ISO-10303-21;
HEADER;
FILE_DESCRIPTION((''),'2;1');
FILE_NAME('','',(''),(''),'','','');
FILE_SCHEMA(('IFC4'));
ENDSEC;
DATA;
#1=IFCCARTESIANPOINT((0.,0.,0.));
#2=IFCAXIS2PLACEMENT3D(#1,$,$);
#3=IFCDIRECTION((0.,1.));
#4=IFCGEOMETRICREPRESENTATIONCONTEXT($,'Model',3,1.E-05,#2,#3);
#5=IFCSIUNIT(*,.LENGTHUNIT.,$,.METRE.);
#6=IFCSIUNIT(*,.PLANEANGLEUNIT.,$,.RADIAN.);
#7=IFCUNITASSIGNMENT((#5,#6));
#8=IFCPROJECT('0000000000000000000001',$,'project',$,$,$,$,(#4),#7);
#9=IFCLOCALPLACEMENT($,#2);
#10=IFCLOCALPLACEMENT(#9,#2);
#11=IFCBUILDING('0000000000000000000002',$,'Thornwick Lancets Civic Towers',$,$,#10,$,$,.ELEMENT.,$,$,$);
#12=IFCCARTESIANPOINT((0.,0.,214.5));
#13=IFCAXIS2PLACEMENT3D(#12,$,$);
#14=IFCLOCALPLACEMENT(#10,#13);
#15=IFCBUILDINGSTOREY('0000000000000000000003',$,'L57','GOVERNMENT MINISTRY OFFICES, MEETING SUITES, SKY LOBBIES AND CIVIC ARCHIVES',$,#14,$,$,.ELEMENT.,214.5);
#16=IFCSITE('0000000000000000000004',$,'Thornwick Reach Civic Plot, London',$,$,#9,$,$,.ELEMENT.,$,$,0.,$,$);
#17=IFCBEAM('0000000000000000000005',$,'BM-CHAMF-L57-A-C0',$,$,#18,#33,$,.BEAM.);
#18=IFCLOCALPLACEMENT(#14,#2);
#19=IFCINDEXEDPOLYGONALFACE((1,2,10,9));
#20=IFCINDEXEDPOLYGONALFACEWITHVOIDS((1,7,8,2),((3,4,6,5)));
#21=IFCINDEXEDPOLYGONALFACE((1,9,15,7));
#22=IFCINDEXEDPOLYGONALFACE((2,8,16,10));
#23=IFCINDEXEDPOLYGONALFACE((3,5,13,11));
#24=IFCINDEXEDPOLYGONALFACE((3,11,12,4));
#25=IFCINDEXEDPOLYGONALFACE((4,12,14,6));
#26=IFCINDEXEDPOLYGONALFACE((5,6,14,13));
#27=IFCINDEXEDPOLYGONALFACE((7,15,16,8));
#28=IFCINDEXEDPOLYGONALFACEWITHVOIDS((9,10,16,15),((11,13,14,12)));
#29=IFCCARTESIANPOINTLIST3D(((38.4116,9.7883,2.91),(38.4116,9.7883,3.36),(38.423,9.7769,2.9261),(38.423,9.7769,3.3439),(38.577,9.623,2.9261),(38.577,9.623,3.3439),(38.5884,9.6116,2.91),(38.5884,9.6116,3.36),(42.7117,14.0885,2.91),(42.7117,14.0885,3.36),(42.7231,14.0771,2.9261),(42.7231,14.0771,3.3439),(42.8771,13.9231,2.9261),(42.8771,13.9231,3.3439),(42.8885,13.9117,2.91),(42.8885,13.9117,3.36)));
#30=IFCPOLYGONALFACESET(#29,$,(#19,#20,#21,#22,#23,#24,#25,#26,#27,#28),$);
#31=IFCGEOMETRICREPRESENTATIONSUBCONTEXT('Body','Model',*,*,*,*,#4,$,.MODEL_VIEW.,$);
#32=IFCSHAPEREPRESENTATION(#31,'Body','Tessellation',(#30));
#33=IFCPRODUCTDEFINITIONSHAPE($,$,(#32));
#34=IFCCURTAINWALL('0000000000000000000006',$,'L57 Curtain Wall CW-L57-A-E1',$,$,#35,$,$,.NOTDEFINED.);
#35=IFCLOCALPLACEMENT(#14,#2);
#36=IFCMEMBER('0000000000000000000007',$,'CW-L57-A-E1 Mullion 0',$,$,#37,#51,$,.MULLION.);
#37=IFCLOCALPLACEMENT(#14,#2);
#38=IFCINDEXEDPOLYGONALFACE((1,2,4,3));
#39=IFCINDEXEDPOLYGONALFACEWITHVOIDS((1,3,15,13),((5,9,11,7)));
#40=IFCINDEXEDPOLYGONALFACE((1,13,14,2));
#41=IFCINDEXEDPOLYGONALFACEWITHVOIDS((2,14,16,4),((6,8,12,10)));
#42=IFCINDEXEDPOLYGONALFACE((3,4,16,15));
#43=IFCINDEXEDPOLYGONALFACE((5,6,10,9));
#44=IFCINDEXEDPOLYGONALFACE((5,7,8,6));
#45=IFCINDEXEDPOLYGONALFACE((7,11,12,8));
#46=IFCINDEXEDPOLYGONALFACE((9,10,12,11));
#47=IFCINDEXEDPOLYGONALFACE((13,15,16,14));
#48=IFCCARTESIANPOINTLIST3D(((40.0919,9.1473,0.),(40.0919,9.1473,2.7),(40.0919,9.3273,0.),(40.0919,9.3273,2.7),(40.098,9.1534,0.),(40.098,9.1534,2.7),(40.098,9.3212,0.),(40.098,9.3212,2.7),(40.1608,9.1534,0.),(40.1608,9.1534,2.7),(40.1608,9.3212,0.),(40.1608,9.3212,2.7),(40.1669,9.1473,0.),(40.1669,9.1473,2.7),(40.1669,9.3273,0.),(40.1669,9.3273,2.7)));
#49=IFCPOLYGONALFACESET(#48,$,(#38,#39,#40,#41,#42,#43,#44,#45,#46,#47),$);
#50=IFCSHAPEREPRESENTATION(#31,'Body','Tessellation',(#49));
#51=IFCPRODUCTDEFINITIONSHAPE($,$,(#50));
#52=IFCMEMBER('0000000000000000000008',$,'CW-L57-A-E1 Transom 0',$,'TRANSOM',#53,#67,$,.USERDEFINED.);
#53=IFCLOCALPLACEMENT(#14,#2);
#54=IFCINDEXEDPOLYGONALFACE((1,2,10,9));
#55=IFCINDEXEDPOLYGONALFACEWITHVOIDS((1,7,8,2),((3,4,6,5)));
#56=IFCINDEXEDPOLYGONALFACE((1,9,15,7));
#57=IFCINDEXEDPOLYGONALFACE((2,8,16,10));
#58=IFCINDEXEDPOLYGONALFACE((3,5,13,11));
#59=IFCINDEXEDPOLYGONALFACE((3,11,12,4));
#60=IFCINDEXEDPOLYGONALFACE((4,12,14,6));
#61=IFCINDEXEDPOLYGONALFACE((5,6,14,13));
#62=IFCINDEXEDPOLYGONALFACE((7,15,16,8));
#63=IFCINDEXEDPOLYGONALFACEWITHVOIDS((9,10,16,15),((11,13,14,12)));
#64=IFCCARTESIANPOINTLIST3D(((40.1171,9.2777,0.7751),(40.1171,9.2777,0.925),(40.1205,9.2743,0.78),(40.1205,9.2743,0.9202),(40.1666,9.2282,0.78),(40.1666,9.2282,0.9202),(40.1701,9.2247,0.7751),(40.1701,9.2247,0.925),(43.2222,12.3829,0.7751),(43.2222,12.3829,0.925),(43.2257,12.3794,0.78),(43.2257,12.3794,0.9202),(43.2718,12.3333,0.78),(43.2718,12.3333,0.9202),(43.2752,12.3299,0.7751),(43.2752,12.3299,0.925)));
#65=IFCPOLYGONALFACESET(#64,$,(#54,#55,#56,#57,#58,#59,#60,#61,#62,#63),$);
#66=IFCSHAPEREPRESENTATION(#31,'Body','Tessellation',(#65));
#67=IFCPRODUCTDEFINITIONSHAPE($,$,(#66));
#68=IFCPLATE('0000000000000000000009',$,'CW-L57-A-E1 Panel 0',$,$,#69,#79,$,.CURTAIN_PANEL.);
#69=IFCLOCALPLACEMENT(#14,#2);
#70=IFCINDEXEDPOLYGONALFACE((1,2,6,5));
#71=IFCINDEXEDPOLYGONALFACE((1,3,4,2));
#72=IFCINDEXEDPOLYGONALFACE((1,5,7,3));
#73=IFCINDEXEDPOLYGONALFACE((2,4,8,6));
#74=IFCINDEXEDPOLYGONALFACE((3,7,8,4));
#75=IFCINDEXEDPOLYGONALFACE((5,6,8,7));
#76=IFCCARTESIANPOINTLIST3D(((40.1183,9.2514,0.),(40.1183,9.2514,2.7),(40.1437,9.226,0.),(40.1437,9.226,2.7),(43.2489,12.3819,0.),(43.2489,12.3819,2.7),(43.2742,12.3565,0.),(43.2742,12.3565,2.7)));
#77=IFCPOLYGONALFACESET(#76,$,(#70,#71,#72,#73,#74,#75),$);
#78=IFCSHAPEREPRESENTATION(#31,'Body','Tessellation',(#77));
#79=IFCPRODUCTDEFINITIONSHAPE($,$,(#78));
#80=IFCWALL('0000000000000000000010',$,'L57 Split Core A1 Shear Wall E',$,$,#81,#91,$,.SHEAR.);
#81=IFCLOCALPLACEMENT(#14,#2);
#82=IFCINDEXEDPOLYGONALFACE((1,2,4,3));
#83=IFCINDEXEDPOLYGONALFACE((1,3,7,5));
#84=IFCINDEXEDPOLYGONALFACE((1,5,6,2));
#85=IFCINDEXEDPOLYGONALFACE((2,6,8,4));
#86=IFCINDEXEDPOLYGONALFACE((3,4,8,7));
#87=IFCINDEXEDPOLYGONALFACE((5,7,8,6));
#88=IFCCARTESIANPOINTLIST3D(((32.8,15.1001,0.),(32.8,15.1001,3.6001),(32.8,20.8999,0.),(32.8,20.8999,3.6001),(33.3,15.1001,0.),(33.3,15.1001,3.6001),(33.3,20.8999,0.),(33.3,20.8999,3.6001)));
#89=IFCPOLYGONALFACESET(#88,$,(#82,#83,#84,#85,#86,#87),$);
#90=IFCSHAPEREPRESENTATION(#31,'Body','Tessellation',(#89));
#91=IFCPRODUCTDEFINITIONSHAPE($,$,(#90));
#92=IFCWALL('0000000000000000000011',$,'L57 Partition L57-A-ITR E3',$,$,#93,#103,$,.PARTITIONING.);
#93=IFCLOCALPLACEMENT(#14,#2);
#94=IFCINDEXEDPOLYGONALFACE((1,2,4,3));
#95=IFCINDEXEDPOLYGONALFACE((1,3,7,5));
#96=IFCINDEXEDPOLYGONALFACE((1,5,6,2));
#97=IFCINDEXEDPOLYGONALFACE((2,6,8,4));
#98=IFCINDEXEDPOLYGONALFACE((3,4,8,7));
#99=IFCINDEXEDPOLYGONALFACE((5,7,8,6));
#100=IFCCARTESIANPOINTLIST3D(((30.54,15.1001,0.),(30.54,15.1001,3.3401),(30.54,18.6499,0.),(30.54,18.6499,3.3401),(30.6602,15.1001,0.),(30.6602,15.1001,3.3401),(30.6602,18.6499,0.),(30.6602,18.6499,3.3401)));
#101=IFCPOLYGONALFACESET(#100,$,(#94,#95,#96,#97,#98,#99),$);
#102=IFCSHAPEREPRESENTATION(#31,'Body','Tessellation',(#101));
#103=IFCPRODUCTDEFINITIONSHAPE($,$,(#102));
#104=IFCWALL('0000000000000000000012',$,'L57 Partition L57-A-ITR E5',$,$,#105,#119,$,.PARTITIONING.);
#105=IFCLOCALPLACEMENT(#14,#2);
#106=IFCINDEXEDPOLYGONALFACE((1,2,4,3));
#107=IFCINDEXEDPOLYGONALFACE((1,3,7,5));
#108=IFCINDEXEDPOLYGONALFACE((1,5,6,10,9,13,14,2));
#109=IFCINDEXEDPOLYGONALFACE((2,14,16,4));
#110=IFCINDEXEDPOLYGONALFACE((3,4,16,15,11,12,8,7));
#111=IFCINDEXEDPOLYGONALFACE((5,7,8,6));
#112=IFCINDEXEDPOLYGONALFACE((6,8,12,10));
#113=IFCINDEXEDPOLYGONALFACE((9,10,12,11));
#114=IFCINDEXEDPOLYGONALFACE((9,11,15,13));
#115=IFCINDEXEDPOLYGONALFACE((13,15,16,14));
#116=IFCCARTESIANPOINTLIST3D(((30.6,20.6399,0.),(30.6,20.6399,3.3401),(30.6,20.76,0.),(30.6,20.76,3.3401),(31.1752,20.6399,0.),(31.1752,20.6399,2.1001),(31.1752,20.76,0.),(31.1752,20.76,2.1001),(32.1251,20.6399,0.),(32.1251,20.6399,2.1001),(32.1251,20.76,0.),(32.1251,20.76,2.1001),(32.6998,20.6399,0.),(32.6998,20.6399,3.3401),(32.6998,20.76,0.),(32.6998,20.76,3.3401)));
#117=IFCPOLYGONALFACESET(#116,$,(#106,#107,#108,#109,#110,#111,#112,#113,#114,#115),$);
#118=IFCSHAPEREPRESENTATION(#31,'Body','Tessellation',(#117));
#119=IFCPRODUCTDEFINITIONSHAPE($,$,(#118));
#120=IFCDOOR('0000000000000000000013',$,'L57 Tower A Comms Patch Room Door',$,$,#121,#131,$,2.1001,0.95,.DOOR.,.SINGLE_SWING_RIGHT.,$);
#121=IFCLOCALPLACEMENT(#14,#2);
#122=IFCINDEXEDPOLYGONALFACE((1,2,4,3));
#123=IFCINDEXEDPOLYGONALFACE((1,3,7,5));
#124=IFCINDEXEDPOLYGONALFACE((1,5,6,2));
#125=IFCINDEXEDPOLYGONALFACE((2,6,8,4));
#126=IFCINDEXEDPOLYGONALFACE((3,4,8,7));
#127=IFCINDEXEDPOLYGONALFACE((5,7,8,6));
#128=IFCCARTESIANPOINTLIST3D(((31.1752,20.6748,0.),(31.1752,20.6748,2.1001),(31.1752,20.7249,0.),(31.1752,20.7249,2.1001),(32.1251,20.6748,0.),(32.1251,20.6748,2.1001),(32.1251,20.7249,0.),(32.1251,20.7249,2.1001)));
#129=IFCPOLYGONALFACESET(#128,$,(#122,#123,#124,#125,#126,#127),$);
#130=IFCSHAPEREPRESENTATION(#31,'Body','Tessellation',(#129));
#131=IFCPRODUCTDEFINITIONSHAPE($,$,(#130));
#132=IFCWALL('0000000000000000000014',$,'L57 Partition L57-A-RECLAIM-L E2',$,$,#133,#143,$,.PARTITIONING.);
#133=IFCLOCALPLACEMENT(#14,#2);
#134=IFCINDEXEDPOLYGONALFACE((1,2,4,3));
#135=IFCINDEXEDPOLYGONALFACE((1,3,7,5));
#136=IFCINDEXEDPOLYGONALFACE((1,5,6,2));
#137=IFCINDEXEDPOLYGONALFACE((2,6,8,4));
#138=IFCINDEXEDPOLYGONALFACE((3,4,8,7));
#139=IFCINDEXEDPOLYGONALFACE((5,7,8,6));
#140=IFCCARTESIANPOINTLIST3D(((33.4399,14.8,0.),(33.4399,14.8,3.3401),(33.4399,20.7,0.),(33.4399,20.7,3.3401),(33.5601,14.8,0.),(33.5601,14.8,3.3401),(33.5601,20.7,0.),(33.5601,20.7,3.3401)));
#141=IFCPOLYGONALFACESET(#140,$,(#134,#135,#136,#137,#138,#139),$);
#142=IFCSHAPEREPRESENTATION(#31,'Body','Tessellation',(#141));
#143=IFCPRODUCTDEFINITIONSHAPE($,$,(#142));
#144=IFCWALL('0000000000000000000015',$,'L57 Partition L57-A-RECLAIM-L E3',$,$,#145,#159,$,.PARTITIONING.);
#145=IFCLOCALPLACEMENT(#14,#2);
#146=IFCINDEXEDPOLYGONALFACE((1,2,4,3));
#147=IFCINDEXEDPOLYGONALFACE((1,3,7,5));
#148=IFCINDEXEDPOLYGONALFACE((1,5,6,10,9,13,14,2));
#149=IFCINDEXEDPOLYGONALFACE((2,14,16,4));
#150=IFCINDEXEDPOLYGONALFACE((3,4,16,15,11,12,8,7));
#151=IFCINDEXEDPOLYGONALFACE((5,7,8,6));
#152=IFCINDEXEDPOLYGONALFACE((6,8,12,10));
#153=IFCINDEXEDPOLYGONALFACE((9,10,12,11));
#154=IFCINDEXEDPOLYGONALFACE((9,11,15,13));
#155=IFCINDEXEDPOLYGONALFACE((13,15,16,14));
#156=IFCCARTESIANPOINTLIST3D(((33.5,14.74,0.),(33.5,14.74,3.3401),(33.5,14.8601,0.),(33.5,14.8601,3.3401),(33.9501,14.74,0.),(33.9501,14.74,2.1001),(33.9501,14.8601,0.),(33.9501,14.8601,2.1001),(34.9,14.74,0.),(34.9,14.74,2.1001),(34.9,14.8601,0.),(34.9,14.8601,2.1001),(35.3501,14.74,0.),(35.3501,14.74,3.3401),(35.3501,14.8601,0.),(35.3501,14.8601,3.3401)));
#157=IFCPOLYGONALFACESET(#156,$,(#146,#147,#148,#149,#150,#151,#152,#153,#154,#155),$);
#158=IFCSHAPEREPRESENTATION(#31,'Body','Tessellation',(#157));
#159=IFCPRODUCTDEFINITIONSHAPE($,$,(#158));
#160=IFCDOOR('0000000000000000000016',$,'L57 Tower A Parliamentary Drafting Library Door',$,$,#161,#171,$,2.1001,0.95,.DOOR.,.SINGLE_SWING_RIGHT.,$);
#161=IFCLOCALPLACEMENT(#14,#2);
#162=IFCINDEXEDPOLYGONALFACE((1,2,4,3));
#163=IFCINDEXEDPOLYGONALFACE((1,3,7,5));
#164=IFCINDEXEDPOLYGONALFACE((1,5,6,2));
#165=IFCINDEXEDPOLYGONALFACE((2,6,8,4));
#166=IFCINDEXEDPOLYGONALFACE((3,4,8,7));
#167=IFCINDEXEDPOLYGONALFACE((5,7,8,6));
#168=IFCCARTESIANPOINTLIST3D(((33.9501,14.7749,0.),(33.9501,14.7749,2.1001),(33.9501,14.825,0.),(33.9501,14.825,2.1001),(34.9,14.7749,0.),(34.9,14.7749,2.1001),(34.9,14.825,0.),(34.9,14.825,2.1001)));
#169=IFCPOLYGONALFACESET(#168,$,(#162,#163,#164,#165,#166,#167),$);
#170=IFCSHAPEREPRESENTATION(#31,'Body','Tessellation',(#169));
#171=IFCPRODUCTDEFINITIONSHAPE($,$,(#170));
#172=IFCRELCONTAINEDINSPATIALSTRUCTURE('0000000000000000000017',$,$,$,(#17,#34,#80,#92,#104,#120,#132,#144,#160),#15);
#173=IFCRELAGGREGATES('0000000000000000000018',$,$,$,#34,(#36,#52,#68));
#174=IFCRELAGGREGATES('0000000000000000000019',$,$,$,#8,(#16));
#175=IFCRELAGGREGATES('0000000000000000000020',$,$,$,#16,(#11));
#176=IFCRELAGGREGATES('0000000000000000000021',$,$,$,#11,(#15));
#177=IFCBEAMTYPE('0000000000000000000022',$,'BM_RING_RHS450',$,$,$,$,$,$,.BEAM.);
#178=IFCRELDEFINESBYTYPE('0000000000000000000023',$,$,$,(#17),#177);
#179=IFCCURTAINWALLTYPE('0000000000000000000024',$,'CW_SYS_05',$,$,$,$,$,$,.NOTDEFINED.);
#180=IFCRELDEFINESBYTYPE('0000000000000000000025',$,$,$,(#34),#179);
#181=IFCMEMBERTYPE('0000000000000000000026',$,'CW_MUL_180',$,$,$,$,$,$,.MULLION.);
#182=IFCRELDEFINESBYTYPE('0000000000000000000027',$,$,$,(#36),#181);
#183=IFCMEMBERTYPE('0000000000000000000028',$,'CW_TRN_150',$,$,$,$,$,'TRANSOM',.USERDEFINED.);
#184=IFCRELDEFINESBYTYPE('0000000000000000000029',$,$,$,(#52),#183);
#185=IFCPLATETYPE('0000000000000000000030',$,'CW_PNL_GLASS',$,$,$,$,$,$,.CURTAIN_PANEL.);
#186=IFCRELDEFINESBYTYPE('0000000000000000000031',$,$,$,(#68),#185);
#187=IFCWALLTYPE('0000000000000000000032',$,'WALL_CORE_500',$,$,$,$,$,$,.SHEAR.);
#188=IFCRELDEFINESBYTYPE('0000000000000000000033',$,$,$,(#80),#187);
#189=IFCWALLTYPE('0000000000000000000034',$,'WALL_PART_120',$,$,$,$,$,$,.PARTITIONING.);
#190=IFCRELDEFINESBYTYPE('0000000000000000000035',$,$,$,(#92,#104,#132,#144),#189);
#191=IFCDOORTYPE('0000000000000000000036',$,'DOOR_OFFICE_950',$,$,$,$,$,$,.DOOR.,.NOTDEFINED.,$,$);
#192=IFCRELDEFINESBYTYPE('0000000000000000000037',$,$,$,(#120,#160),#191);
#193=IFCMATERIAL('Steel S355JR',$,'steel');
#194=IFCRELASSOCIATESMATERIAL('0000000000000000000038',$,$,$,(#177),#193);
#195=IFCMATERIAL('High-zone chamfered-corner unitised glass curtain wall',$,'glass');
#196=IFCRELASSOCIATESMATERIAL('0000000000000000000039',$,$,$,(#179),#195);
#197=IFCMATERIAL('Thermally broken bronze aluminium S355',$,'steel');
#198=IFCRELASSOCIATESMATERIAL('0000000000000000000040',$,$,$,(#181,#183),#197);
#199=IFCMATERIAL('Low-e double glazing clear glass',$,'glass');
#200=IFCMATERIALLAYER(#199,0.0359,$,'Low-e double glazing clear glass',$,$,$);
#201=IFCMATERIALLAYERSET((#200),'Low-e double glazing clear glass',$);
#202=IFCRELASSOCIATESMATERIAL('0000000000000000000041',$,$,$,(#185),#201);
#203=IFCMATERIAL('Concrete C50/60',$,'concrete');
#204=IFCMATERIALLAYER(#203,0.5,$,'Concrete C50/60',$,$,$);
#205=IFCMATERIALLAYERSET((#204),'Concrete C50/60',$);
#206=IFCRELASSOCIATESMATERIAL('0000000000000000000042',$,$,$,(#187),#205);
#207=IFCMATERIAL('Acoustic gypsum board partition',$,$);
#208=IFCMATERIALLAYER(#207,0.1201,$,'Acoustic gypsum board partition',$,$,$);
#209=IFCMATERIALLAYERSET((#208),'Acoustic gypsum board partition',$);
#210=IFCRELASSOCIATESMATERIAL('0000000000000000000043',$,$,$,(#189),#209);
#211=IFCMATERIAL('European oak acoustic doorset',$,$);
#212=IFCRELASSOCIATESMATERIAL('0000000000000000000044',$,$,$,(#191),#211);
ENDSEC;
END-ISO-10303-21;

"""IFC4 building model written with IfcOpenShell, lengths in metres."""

from ifc_helpers import new_model, si_unit, direction, frame, frame_2d, origin, origin_2d, place, context, subcontext, project, spatial, rectangle, hollow_rectangle, extrude, material, layer, layer_set, material_profile, profile_set, type_object, element, fill, aggregate, save


model = new_model("IFC4")

# Units and contexts
model_context = context("Model", 3, precision=1e-05, world=origin(), true_north=direction((0.0, 1.0)))
body_context = subcontext(model_context, "Body", "Model", "MODEL_VIEW")
ifc_project = project(units=[si_unit("LENGTHUNIT", "METRE"), si_unit("PLANEANGLEUNIT", "RADIAN")], contexts=[model_context])

# Site, building, storey
site_placement = place(None, origin())
site = spatial("IfcSite", under=ifc_project, at=site_placement, Name="Thornwick Reach Civic Plot, London", CompositionType="ELEMENT", RefElevation=0.0)
building_placement = place(site_placement, origin())
building = spatial("IfcBuilding", under=site, at=building_placement, Name="Thornwick Lancets Civic Towers", CompositionType="ELEMENT")
storey_placement = place(building_placement, frame((0.0, 0.0, 214.5)))
storey = spatial("IfcBuildingStorey", under=building, at=storey_placement, Name="L57", Description="GOVERNMENT MINISTRY OFFICES, MEETING SUITES, SKY LOBBIES AND CIVIC ARCHIVES", CompositionType="ELEMENT", Elevation=214.5)

# Shared definitions
ifc_material_1 = material(Name="Concrete C50/60", Category="concrete")

# Beam
ifc_material_2 = material(Name="Steel S355JR", Category="steel")
ifc_material_profile_1 = material_profile(ifc_material_2, hollow_rectangle(XDim=0.25, YDim=0.45, WallThickness=0.0161, at=origin_2d()), Name="RHS 450x250x16")
ifc_profile_set_1 = profile_set([ifc_material_profile_1], Name="Steel S355JR")
beam_type_1 = type_object("IfcBeamType", Name="BM_RING_RHS450", PredefinedType="BEAM", material=ifc_profile_set_1)
beam_1_placement = place(storey_placement, frame((38.5, 9.7, 3.135), z_axis=(0.707107, 0.707107, 0.0), x_axis=(-0.707107, 0.707107, 0.0)))
element("IfcBeam", 1, at=beam_1_placement, inside=storey, type_object=beam_type_1, Name="BM-CHAMF-L57-A-C0", PredefinedType="BEAM", context=body_context, shape_type="SweptSolid", body=[
    extrude(hollow_rectangle(XDim=0.25, YDim=0.45, WallThickness=0.0161, at=origin_2d()), origin(), (0.0, 0.0, 1.0), 6.0813),
])

# Curtain wall, members, plate
ifc_material_3 = material(Name="High-zone chamfered-corner unitised glass curtain wall", Category="glass")
curtain_wall_type = type_object("IfcCurtainWallType", Name="CW_SYS_05", PredefinedType="NOTDEFINED", material=ifc_material_3)
curtain_wall_placement = place(storey_placement, origin())
curtain_wall = element("IfcCurtainWall", 2, at=curtain_wall_placement, inside=storey, type_object=curtain_wall_type, Name="L57 Curtain Wall CW-L57-A-E1", PredefinedType="NOTDEFINED")
ifc_material_4 = material(Name="Thermally broken bronze aluminium S355", Category="steel")
ifc_material_profile_2 = material_profile(ifc_material_4, hollow_rectangle(XDim=0.075, YDim=0.1799, WallThickness=0.0061, at=origin_2d()), Name="RHS 180x75x6")
ifc_profile_set_2 = profile_set([ifc_material_profile_2], Name="Thermally broken bronze aluminium S355")
member_type_1 = type_object("IfcMemberType", Name="CW_MUL_180", PredefinedType="MULLION", material=ifc_profile_set_2)
member_1_placement = place(storey_placement, frame((40.1294, 9.2373, 0.0), z_axis=(0.0, 0.0, 1.0), x_axis=(1.0, 0.0, 0.0)))
member_1 = element("IfcMember", 3, at=member_1_placement, type_object=member_type_1, Name="CW-L57-A-E1 Mullion 0", PredefinedType="MULLION", context=body_context, shape_type="SweptSolid", body=[
    extrude(hollow_rectangle(XDim=0.075, YDim=0.1799, WallThickness=0.0061, at=origin_2d()), origin(), (0.0, 0.0, 1.0), 2.7),
])
ifc_material_profile_3 = material_profile(ifc_material_4, hollow_rectangle(XDim=0.075, YDim=0.1499, WallThickness=0.0049, at=origin_2d()), Name="RHS 150x75x5")
ifc_profile_set_3 = profile_set([ifc_material_profile_3], Name="Thermally broken bronze aluminium S355")
member_type_2 = type_object("IfcMemberType", Name="CW_TRN_150", ElementType="TRANSOM", PredefinedType="USERDEFINED", material=ifc_profile_set_3)
member_2_placement = place(storey_placement, frame((40.1436, 9.2512, 0.8501), z_axis=(0.707107, 0.707107, 0.0), x_axis=(-0.707107, 0.707107, 0.0)))
member_2 = element("IfcMember", 4, at=member_2_placement, type_object=member_type_2, Name="CW-L57-A-E1 Transom 0", ObjectType="TRANSOM", PredefinedType="USERDEFINED", context=body_context, shape_type="SweptSolid", body=[
    extrude(hollow_rectangle(XDim=0.075, YDim=0.1499, WallThickness=0.0049, at=origin_2d()), origin(), (0.0, 0.0, 1.0), 4.3914),
])
ifc_material_5 = material(Name="Low-e double glazing clear glass", Category="glass")
ifc_layer_1 = layer(ifc_material_5, 0.0359, Name="Low-e double glazing clear glass")
ifc_layer_set_1 = layer_set([ifc_layer_1], Name="Low-e double glazing clear glass")
plate_type = type_object("IfcPlateType", Name="CW_PNL_GLASS", PredefinedType="CURTAIN_PANEL", material=ifc_layer_set_1)
plate_placement = place(storey_placement, frame((41.6963, 10.804, 0.0), z_axis=(0.0, 0.0, 1.0), x_axis=(0.707107, 0.707107, 0.0)))
plate = element("IfcPlate", 5, at=plate_placement, type_object=plate_type, Name="CW-L57-A-E1 Panel 0", PredefinedType="CURTAIN_PANEL", context=body_context, shape_type="SweptSolid", body=[
    extrude(rectangle(XDim=4.4272, YDim=0.0359, at=origin_2d()), origin(), (0.0, 0.0, 1.0), 2.7),
])
aggregate(curtain_wall, [member_1, member_2, plate])

# Walls
ifc_layer_2 = layer(ifc_material_1, 0.5, Name="Concrete C50/60")
ifc_layer_set_2 = layer_set([ifc_layer_2], Name="Concrete C50/60")
wall_type_1 = type_object("IfcWallType", Name="WALL_CORE_500", PredefinedType="SHEAR", material=ifc_layer_set_2)
wall_1_placement = place(storey_placement, frame((33.05, 15.1001, 0.0), z_axis=(0.0, 0.0, 1.0), x_axis=(0.0, 1.0, 0.0)))
element("IfcWall", 6, at=wall_1_placement, inside=storey, type_object=wall_type_1, Name="L57 Split Core A1 Shear Wall E", PredefinedType="SHEAR", context=body_context, shape_type="SweptSolid", body=[
    extrude(rectangle(XDim=5.7998, YDim=0.5, at=frame_2d((2.8999, 0.0))), origin(), (0.0, 0.0, 1.0), 3.6001),
])
ifc_material_6 = material(Name="Acoustic gypsum board partition")
ifc_layer_3 = layer(ifc_material_6, 0.1201, Name="Acoustic gypsum board partition")
ifc_layer_set_3 = layer_set([ifc_layer_3], Name="Acoustic gypsum board partition")
wall_type_2 = type_object("IfcWallType", Name="WALL_PART_120", PredefinedType="PARTITIONING", material=ifc_layer_set_3)
wall_2_placement = place(storey_placement, frame((30.6001, 15.1001, 0.0), z_axis=(0.0, 0.0, 1.0), x_axis=(0.0, 1.0, 0.0)))
element("IfcWall", 7, at=wall_2_placement, inside=storey, type_object=wall_type_2, Name="L57 Partition L57-A-ITR E3", PredefinedType="PARTITIONING", context=body_context, shape_type="SweptSolid", body=[
    extrude(rectangle(XDim=3.5498, YDim=0.1201, at=frame_2d((1.7749, 0.0))), origin(), (0.0, 0.0, 1.0), 3.3401),
])

# Wall, opening, door
wall_3_placement = place(storey_placement, frame((30.6001, 20.7, 0.0), z_axis=(0.0, 0.0, 1.0), x_axis=(1.0, 0.0, 0.0)))
wall_3 = element("IfcWall", 8, at=wall_3_placement, inside=storey, type_object=wall_type_2, Name="L57 Partition L57-A-ITR E5", PredefinedType="PARTITIONING", context=body_context, shape_type="SweptSolid", body=[
    extrude(rectangle(XDim=2.0999, YDim=0.1201, at=frame_2d((1.0498, 0.0))), origin(), (0.0, 0.0, 1.0), 3.3401),
])
opening_1_placement = place(wall_3_placement, frame((0.575, 0.0, 0.0)))
opening_1 = element("IfcOpeningElement", 9, at=opening_1_placement, cuts=wall_3, PredefinedType="OPENING", context=body_context, shape_type="SweptSolid", body=[
    extrude(rectangle(XDim=0.95, YDim=2.1001, at=frame_2d((0.4751, 1.05))), frame((0.0, 0.0701, 0.0), z_axis=(0.0, -1.0, 0.0), x_axis=(1.0, 0.0, 0.0)), (0.0, 0.0, 1.0), 0.1401),
])
ifc_material_7 = material(Name="European oak acoustic doorset")
door_type_1 = type_object("IfcDoorType", Name="DOOR_OFFICE_950", OperationType="NOTDEFINED", PredefinedType="DOOR", material=ifc_material_7)
door_1_placement = place(opening_1_placement, origin())
door_1 = element("IfcDoor", 10, at=door_1_placement, inside=storey, type_object=door_type_1, Name="L57 Tower A Comms Patch Room Door", OperationType="SINGLE_SWING_RIGHT", OverallHeight=2.1001, OverallWidth=0.95, PredefinedType="DOOR", context=body_context, shape_type="SweptSolid", body=[
    extrude(rectangle(XDim=0.95, YDim=2.1001, at=frame_2d((0.4751, 1.05))), frame((0.0, 0.0249, 0.0), z_axis=(0.0, -1.0, 0.0), x_axis=(1.0, 0.0, 0.0)), (0.0, 0.0, 1.0), 0.05),
])
fill(opening_1, door_1)

# Wall
wall_4_placement = place(storey_placement, frame((33.5, 20.7, 0.0), z_axis=(0.0, 0.0, 1.0), x_axis=(0.0, -1.0, 0.0)))
element("IfcWall", 11, at=wall_4_placement, inside=storey, type_object=wall_type_2, Name="L57 Partition L57-A-RECLAIM-L E2", PredefinedType="PARTITIONING", context=body_context, shape_type="SweptSolid", body=[
    extrude(rectangle(XDim=5.8999, YDim=0.1201, at=frame_2d((2.95, 0.0))), origin(), (0.0, 0.0, 1.0), 3.3401),
])

# Wall, opening, door
wall_5_placement = place(storey_placement, frame((33.5, 14.8, 0.0), z_axis=(0.0, 0.0, 1.0), x_axis=(1.0, 0.0, 0.0)))
wall_5 = element("IfcWall", 12, at=wall_5_placement, inside=storey, type_object=wall_type_2, Name="L57 Partition L57-A-RECLAIM-L E3", PredefinedType="PARTITIONING", context=body_context, shape_type="SweptSolid", body=[
    extrude(rectangle(XDim=1.8501, YDim=0.1201, at=frame_2d((0.925, 0.0))), origin(), (0.0, 0.0, 1.0), 3.3401),
])
opening_2_placement = place(wall_5_placement, frame((0.45, 0.0, 0.0)))
opening_2 = element("IfcOpeningElement", 13, at=opening_2_placement, cuts=wall_5, PredefinedType="OPENING", context=body_context, shape_type="SweptSolid", body=[
    extrude(rectangle(XDim=0.95, YDim=2.1001, at=frame_2d((0.4751, 1.05))), frame((0.0, 0.0701, 0.0), z_axis=(0.0, -1.0, 0.0), x_axis=(1.0, 0.0, 0.0)), (0.0, 0.0, 1.0), 0.1401),
])
door_2_placement = place(opening_2_placement, origin())
door_2 = element("IfcDoor", 14, at=door_2_placement, inside=storey, type_object=door_type_1, Name="L57 Tower A Parliamentary Drafting Library Door", OperationType="SINGLE_SWING_RIGHT", OverallHeight=2.1001, OverallWidth=0.95, PredefinedType="DOOR", context=body_context, shape_type="SweptSolid", body=[
    extrude(rectangle(XDim=0.95, YDim=2.1001, at=frame_2d((0.4751, 1.05))), frame((0.0, 0.0249, 0.0), z_axis=(0.0, -1.0, 0.0), x_axis=(1.0, 0.0, 0.0)), (0.0, 0.0, 1.0), 0.05),
])
fill(opening_2, door_2)

save(model, "model.ifc")
